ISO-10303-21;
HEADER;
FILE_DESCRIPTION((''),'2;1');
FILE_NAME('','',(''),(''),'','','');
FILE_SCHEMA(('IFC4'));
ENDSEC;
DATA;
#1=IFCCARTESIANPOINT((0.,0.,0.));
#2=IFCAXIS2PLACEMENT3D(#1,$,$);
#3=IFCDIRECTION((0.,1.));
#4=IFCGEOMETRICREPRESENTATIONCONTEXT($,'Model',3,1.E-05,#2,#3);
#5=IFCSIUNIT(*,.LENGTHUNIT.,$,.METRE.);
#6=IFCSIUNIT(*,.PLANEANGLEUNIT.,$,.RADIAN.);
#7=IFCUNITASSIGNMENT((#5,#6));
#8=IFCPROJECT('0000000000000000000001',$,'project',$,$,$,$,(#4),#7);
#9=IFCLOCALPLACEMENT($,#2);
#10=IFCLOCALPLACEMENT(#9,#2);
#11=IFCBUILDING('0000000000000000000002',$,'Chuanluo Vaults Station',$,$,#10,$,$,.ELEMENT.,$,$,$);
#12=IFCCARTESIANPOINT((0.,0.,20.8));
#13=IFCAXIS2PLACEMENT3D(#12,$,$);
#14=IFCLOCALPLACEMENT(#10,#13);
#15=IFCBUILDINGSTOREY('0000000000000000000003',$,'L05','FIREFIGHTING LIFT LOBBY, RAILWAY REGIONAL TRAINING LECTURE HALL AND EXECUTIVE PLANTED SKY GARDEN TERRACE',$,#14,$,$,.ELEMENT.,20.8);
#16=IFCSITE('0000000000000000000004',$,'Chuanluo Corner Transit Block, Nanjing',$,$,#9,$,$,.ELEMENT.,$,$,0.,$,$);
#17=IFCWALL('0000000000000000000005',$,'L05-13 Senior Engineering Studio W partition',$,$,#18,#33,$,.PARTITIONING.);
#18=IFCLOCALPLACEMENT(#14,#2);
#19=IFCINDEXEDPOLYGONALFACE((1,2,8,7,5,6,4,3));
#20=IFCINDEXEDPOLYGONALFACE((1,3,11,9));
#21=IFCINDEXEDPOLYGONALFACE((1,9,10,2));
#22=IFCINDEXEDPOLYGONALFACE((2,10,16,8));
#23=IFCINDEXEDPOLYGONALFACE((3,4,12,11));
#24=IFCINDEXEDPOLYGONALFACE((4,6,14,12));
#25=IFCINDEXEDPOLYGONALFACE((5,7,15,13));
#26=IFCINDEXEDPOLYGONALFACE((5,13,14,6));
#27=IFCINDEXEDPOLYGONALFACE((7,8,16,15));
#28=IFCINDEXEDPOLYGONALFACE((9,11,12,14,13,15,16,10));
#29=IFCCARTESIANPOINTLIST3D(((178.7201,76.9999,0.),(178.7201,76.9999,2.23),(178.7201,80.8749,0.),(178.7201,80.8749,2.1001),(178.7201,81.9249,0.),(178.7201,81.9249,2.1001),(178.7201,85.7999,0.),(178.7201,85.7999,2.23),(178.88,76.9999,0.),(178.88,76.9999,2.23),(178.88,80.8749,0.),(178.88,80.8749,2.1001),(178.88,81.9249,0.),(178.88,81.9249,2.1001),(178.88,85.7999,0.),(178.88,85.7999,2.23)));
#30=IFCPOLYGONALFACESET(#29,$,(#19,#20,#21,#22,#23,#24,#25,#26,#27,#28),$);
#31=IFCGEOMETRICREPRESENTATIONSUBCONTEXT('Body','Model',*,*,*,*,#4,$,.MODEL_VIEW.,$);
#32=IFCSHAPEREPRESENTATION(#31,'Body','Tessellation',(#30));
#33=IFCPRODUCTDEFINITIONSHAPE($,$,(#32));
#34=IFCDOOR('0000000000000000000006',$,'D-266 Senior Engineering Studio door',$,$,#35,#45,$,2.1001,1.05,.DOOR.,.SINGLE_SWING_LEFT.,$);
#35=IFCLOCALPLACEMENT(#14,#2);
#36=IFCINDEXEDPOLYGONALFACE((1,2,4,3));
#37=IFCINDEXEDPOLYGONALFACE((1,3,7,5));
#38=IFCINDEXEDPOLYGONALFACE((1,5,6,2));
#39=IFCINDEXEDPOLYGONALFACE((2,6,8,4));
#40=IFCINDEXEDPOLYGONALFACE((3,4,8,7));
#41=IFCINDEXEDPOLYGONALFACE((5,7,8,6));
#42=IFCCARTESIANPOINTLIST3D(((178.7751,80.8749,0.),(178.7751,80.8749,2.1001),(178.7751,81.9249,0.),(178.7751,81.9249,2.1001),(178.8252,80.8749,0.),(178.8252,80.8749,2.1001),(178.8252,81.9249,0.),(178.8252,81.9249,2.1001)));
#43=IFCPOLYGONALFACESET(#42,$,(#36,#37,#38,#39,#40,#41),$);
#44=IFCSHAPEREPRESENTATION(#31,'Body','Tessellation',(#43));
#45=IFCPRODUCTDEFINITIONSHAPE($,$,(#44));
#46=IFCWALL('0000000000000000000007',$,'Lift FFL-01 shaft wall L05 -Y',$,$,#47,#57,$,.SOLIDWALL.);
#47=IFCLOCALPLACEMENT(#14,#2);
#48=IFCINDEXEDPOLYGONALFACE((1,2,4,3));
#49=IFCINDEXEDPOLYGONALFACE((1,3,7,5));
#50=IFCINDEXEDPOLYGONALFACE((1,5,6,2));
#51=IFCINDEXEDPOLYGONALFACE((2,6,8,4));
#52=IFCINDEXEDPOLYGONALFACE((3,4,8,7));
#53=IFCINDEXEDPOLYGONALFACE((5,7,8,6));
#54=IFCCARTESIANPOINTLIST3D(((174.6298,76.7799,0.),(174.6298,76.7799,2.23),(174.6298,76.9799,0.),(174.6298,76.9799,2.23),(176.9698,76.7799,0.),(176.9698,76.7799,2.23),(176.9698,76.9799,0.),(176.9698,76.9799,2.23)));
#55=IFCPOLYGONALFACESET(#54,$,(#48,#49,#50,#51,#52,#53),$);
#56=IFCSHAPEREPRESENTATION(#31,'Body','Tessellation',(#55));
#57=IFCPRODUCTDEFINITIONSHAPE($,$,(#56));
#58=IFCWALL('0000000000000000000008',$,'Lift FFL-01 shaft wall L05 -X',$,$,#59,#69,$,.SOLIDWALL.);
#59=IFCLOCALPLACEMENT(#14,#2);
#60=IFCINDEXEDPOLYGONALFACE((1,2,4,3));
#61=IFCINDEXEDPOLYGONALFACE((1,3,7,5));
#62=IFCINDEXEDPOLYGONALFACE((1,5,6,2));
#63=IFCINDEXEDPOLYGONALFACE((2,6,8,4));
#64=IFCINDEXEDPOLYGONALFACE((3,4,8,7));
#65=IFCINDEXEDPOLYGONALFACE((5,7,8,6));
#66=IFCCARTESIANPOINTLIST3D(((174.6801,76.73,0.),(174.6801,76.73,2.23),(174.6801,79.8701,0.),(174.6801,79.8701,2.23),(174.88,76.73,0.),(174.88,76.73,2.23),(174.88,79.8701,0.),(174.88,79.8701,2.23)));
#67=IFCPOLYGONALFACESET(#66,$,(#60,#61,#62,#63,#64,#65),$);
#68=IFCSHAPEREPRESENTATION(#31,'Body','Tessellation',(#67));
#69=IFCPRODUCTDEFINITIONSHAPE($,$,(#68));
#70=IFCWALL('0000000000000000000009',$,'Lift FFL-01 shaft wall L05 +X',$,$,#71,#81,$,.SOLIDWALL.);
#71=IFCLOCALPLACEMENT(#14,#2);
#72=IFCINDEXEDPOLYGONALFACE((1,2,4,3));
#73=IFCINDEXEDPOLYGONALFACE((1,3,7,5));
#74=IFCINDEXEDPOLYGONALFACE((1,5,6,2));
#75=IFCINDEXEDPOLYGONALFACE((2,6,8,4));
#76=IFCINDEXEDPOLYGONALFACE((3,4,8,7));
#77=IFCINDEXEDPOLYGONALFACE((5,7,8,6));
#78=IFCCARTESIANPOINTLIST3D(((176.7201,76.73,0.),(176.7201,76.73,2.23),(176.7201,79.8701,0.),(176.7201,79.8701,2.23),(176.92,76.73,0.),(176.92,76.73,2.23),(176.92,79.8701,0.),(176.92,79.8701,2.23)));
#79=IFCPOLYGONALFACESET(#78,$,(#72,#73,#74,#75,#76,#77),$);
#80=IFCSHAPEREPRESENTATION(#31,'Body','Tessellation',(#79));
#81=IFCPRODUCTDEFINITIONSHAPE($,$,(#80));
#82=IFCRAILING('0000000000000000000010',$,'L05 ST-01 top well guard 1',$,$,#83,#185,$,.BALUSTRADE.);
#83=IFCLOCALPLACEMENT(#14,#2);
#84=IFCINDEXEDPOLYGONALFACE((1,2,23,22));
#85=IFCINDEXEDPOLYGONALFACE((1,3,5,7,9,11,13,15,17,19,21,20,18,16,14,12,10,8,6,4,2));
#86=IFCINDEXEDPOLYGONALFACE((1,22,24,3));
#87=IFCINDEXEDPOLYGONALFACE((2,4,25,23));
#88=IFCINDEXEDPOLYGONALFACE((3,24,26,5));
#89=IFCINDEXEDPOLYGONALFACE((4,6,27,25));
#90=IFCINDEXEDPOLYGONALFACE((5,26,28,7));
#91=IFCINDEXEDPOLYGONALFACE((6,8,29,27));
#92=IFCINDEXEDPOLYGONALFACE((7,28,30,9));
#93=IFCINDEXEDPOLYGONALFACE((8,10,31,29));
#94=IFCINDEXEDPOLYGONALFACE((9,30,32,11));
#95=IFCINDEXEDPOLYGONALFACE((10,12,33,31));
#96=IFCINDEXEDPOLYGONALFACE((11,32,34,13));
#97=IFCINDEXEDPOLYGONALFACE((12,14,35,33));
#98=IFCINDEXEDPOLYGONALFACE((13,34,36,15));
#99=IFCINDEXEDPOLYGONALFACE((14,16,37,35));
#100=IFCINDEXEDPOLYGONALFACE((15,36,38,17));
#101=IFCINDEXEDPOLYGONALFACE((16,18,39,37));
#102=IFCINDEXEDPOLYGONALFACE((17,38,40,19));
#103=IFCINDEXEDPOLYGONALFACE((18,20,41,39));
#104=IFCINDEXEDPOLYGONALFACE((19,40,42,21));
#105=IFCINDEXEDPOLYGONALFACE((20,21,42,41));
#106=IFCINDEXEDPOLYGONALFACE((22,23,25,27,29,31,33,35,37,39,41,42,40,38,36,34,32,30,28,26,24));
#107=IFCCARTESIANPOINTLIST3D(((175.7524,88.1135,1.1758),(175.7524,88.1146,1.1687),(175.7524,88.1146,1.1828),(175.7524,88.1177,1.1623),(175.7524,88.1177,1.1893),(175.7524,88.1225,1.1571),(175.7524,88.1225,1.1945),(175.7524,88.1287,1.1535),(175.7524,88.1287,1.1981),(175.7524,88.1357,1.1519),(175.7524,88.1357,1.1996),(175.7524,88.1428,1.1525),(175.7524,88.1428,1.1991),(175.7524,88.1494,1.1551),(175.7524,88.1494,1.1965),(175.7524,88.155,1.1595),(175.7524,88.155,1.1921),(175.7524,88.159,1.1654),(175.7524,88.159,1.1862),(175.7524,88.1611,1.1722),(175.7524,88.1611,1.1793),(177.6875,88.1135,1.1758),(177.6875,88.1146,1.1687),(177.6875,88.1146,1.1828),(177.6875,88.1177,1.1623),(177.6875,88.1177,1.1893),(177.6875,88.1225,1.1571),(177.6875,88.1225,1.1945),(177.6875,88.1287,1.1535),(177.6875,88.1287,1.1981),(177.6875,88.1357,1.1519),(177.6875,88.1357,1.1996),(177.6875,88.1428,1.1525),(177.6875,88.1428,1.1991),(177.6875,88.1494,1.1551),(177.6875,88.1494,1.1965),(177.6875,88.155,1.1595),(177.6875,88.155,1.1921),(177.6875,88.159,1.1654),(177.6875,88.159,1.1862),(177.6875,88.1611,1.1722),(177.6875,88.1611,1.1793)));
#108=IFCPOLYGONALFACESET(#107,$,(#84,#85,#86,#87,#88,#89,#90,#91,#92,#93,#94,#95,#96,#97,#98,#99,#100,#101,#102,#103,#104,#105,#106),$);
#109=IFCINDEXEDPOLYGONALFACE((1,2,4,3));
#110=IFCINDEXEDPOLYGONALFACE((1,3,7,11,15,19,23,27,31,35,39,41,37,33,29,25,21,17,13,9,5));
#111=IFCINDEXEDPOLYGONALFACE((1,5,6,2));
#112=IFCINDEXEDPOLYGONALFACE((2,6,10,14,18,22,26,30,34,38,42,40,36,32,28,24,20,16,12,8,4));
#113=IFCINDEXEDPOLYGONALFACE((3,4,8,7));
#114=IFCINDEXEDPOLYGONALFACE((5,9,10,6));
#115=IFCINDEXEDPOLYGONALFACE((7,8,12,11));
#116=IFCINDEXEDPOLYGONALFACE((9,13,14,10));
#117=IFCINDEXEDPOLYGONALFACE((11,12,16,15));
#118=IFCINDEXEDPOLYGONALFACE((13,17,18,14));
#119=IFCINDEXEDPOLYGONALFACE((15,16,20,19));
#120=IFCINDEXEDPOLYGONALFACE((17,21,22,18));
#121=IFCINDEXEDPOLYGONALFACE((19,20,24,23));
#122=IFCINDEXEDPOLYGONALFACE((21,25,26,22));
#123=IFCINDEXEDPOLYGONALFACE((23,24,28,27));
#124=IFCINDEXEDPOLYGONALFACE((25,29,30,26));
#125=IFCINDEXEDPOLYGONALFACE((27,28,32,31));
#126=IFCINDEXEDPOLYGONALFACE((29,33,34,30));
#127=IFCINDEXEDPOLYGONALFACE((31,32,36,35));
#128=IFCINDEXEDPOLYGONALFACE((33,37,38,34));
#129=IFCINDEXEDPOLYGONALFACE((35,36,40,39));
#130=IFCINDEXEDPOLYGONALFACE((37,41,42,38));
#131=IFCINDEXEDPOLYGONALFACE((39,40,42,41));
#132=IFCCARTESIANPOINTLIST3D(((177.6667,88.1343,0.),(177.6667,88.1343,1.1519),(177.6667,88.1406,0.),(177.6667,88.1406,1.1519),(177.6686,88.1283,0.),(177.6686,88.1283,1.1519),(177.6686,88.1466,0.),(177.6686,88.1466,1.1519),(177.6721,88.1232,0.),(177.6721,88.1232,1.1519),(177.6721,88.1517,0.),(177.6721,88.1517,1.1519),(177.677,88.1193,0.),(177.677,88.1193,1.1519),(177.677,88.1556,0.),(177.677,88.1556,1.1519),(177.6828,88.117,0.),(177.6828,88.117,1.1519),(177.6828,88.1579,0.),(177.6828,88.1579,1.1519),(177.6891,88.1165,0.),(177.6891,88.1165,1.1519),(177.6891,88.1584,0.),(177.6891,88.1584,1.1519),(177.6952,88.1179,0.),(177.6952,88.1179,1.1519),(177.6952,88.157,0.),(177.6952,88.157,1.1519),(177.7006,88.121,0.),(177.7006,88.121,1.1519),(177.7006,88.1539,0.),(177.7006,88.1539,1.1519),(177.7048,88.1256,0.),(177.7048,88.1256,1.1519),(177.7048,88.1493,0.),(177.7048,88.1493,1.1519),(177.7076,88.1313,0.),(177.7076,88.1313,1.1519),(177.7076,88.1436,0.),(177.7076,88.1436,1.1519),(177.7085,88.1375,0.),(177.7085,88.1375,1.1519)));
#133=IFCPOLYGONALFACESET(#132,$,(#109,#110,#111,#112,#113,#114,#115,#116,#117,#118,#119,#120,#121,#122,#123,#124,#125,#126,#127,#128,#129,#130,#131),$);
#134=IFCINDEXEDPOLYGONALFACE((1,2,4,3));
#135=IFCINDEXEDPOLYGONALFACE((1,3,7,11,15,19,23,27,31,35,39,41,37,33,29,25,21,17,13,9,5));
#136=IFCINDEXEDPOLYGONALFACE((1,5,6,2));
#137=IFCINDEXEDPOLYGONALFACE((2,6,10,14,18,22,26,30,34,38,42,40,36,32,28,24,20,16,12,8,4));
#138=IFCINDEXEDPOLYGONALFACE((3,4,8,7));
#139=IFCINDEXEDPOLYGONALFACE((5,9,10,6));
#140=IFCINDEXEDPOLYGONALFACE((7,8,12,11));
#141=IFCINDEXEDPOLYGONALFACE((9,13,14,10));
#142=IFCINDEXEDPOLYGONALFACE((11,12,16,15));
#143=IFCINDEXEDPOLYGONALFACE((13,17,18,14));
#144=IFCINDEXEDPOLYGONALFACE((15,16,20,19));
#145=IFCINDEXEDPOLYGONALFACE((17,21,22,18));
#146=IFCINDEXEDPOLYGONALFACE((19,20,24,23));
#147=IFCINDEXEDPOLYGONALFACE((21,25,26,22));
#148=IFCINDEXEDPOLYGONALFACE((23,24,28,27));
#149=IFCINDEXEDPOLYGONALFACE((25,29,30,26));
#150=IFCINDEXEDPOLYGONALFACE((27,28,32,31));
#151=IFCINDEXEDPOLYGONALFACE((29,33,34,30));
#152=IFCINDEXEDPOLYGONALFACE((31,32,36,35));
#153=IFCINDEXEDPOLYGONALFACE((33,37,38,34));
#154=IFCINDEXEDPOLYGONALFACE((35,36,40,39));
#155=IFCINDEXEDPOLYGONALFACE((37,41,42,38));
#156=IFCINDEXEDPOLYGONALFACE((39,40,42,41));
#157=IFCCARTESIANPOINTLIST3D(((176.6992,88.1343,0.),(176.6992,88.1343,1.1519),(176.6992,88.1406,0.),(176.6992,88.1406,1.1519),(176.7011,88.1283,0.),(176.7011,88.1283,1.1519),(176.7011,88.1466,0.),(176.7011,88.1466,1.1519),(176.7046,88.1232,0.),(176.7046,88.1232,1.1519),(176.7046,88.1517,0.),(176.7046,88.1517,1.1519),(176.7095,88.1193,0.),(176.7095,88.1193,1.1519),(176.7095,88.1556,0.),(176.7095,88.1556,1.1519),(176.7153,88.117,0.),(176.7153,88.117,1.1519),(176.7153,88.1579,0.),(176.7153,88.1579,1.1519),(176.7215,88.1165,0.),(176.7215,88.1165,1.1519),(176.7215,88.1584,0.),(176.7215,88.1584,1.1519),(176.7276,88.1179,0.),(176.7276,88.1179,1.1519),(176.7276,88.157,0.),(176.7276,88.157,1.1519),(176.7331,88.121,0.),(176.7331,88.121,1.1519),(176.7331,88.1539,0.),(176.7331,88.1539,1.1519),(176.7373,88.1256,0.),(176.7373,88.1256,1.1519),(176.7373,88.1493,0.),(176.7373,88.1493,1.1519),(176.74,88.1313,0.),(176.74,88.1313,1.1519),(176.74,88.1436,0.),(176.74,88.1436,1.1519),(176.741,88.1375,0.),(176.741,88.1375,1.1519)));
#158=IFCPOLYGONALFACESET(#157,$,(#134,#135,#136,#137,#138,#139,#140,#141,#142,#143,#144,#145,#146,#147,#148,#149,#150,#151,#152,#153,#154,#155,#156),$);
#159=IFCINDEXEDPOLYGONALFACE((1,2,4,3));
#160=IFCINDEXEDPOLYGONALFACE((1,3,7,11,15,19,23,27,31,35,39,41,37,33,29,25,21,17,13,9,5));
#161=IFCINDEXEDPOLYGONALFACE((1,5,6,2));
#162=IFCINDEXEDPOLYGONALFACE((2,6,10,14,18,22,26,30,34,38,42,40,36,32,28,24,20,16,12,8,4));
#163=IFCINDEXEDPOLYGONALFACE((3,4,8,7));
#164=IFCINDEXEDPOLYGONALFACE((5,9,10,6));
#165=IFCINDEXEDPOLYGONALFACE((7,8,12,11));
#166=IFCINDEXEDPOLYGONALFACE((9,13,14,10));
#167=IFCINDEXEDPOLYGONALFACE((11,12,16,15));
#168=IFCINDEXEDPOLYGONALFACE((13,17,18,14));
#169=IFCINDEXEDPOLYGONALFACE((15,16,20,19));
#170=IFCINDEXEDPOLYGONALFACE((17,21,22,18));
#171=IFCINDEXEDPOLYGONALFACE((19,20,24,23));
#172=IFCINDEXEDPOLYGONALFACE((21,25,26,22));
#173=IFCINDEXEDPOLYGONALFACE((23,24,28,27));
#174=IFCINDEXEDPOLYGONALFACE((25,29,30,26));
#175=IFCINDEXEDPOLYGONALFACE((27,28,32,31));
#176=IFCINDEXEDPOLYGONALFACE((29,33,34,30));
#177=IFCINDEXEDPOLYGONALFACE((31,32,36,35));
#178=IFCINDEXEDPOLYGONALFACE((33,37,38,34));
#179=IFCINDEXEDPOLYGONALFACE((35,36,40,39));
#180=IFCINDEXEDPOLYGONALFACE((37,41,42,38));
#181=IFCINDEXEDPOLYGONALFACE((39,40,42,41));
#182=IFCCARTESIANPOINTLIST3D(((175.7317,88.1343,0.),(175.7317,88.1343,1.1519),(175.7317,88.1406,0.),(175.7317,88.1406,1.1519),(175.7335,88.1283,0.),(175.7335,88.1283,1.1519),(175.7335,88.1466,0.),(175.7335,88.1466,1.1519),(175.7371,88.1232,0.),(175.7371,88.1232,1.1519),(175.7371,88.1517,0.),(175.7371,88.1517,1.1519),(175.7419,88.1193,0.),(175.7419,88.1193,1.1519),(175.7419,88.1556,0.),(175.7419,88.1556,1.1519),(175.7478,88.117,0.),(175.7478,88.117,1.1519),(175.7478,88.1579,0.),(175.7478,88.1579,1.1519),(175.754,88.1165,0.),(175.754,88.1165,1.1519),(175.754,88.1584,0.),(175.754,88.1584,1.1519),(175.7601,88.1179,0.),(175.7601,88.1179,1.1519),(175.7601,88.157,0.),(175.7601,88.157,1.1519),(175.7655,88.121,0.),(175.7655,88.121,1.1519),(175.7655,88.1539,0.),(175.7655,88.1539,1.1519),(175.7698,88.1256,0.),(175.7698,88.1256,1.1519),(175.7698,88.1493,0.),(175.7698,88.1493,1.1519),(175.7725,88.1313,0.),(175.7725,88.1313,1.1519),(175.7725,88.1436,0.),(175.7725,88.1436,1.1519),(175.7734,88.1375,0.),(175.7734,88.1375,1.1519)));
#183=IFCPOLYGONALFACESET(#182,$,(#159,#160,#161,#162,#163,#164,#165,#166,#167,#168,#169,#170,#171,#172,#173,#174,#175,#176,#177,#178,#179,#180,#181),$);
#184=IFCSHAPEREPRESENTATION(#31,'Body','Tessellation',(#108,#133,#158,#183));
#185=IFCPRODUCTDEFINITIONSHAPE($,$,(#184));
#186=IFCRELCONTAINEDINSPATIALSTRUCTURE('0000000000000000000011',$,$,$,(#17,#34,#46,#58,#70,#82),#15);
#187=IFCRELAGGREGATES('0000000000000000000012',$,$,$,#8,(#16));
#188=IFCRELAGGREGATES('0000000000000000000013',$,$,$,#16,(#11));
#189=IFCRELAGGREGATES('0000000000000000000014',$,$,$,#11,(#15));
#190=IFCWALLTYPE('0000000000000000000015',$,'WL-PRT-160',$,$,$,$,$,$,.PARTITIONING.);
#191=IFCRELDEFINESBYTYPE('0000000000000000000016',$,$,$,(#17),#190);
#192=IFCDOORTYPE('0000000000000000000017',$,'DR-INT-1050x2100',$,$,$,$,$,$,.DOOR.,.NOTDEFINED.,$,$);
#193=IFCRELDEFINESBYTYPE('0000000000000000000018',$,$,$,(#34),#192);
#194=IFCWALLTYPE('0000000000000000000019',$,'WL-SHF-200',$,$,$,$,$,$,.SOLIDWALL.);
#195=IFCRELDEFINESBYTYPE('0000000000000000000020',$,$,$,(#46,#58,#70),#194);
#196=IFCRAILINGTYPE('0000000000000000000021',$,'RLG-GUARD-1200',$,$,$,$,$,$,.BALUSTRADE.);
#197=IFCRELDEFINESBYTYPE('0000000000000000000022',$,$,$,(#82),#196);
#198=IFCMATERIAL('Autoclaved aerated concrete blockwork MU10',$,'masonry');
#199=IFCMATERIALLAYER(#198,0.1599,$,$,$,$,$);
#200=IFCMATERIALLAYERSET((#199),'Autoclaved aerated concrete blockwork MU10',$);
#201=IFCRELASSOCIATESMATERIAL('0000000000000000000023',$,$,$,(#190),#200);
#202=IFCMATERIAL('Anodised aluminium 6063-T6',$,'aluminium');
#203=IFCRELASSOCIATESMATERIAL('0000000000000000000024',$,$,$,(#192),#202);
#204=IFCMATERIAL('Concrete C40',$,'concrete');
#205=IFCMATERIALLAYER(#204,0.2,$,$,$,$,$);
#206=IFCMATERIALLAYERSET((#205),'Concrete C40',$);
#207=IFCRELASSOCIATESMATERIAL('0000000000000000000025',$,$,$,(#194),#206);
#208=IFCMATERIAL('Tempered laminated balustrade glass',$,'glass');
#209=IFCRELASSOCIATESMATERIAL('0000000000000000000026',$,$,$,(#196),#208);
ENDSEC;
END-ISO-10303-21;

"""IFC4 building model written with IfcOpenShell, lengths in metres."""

from ifc_helpers import new_model, si_unit, direction, frame, frame_2d, origin, origin_2d, place, context, subcontext, project, spatial, rectangle, circle, extrude, material, layer, layer_set, type_object, element, fill, save


model = new_model("IFC4")

# Units and contexts
model_context = context("Model", 3, precision=1e-05, world=origin(), true_north=direction((0.0, 1.0)))
body_context = subcontext(model_context, "Body", "Model", "MODEL_VIEW")
ifc_project = project(units=[si_unit("LENGTHUNIT", "METRE"), si_unit("PLANEANGLEUNIT", "RADIAN")], contexts=[model_context])

# Site, building, storey
site_placement = place(None, origin())
site = spatial("IfcSite", under=ifc_project, at=site_placement, Name="Chuanluo Corner Transit Block, Nanjing", CompositionType="ELEMENT", RefElevation=0.0)
building_placement = place(site_placement, origin())
building = spatial("IfcBuilding", under=site, at=building_placement, Name="Chuanluo Vaults Station", CompositionType="ELEMENT")
storey_placement = place(building_placement, frame((0.0, 0.0, 20.8)))
storey = spatial("IfcBuildingStorey", under=building, at=storey_placement, Name="L05", Description="FIREFIGHTING LIFT LOBBY, RAILWAY REGIONAL TRAINING LECTURE HALL AND EXECUTIVE PLANTED SKY GARDEN TERRACE", CompositionType="ELEMENT", Elevation=20.8)

# Wall, opening, door
ifc_material_1 = material(Name="Autoclaved aerated concrete blockwork MU10", Category="masonry")
ifc_layer_1 = layer(ifc_material_1, 0.1599)
ifc_layer_set_1 = layer_set([ifc_layer_1], Name="Autoclaved aerated concrete blockwork MU10")
wall_type_1 = type_object("IfcWallType", Name="WL-PRT-160", PredefinedType="PARTITIONING", material=ifc_layer_set_1)
wall_1_placement = place(storey_placement, frame((178.8, 77.0, 0.0), z_axis=(0.0, 0.0, 1.0), x_axis=(0.0, 1.0, 0.0)))
wall_1 = element("IfcWall", 1, at=wall_1_placement, inside=storey, type_object=wall_type_1, Name="L05-13 Senior Engineering Studio W partition", PredefinedType="PARTITIONING", context=body_context, shape_type="SweptSolid", body=[
    extrude(rectangle(XDim=8.8, YDim=0.1599, at=frame_2d((4.3999, 0.0))), origin(), (0.0, 0.0, 1.0), 2.23),
])
opening_1_placement = place(wall_1_placement, frame((3.875, 0.0, 0.0)))
opening_1 = element("IfcOpeningElement", 2, at=opening_1_placement, cuts=wall_1, PredefinedType="OPENING", context=body_context, shape_type="SweptSolid", body=[
    extrude(rectangle(XDim=1.05, YDim=2.1001, at=frame_2d((0.5249, 1.05))), frame((0.0, 0.0901, 0.0), z_axis=(0.0, -1.0, 0.0), x_axis=(1.0, 0.0, 0.0)), (0.0, 0.0, 1.0), 0.1799),
])
ifc_material_2 = material(Name="Anodised aluminium 6063-T6", Category="aluminium")
door_type_1 = type_object("IfcDoorType", Name="DR-INT-1050x2100", OperationType="NOTDEFINED", PredefinedType="DOOR", material=ifc_material_2)
door_1_placement = place(opening_1_placement, origin())
door_1 = element("IfcDoor", 3, at=door_1_placement, inside=storey, type_object=door_type_1, Name="D-266 Senior Engineering Studio door", OperationType="SINGLE_SWING_LEFT", OverallHeight=2.1001, OverallWidth=1.05, PredefinedType="DOOR", context=body_context, shape_type="SweptSolid", body=[
    extrude(rectangle(XDim=1.05, YDim=2.1001, at=frame_2d((0.5249, 1.05))), frame((0.0, 0.0249, 0.0), z_axis=(0.0, -1.0, 0.0), x_axis=(1.0, 0.0, 0.0)), (0.0, 0.0, 1.0), 0.05),
])
fill(opening_1, door_1)

# Wall
ifc_material_3 = material(Name="Concrete C40", Category="concrete")
ifc_layer_2 = layer(ifc_material_3, 0.2)
ifc_layer_set_2 = layer_set([ifc_layer_2], Name="Concrete C40")
wall_type_2 = type_object("IfcWallType", Name="WL-SHF-200", PredefinedType="SOLIDWALL", material=ifc_layer_set_2)
wall_2_placement = place(storey_placement, frame((174.6299, 76.8799, 0.0), z_axis=(0.0, 0.0, 1.0), x_axis=(1.0, 0.0, 0.0)))
element("IfcWall", 4, at=wall_2_placement, inside=storey, type_object=wall_type_2, Name="Lift FFL-01 shaft wall L05 -Y", PredefinedType="SOLIDWALL", context=body_context, shape_type="SweptSolid", body=[
    extrude(rectangle(XDim=2.3401, YDim=0.2, at=frame_2d((1.1699, 0.0))), origin(), (0.0, 0.0, 1.0), 2.23),
])

# Walls
for number, where, z_axis, x_axis, name in (
    (5, (174.78, 79.8701, 0.0), (0.0, 0.0, 1.0), (0.0, -1.0, 0.0), "Lift FFL-01 shaft wall L05 -X"),
    (6, (176.8201, 76.73, 0.0), (0.0, 0.0, 1.0), (0.0, 1.0, 0.0), "Lift FFL-01 shaft wall L05 +X"),
):
    element("IfcWall", number, at=place(storey_placement, frame(where, z_axis=z_axis, x_axis=x_axis)), inside=storey, type_object=wall_type_2, Name=name, PredefinedType="SOLIDWALL", context=body_context, shape_type="SweptSolid", body=[
        extrude(rectangle(XDim=3.1401, YDim=0.2, at=frame_2d((1.5701, 0.0))), origin(), (0.0, 0.0, 1.0), 2.23),
    ])

# Railing
ifc_material_4 = material(Name="Tempered laminated balustrade glass", Category="glass")
railing_type = type_object("IfcRailingType", Name="RLG-GUARD-1200", PredefinedType="BALUSTRADE", material=ifc_material_4)
railing_placement = place(storey_placement, frame((177.6875, 88.1375, 0.0)))
element("IfcRailing", 7, at=railing_placement, inside=storey, type_object=railing_type, Name="L05 ST-01 top well guard 1", PredefinedType="BALUSTRADE", context=body_context, shape_type="SweptSolid", body=[
    extrude(circle(Radius=0.0239, at=origin_2d()), frame((0.0, 0.0, 1.1758), z_axis=(-1.0, 0.0, 0.0), x_axis=(0.0, -1.0, 0.0)), (0.0, 0.0, 1.0), 1.9351),
    extrude(circle(Radius=0.021, at=origin_2d()), origin(), (0.0, 0.0, 1.0), 1.1519),
    extrude(circle(Radius=0.021, at=origin_2d()), frame((-0.9675, 0.0, 0.0)), (0.0, 0.0, 1.0), 1.1519),
    extrude(circle(Radius=0.021, at=origin_2d()), frame((-1.9351, 0.0, 0.0)), (0.0, 0.0, 1.0), 1.1519),
])

save(model, "model.ifc")
